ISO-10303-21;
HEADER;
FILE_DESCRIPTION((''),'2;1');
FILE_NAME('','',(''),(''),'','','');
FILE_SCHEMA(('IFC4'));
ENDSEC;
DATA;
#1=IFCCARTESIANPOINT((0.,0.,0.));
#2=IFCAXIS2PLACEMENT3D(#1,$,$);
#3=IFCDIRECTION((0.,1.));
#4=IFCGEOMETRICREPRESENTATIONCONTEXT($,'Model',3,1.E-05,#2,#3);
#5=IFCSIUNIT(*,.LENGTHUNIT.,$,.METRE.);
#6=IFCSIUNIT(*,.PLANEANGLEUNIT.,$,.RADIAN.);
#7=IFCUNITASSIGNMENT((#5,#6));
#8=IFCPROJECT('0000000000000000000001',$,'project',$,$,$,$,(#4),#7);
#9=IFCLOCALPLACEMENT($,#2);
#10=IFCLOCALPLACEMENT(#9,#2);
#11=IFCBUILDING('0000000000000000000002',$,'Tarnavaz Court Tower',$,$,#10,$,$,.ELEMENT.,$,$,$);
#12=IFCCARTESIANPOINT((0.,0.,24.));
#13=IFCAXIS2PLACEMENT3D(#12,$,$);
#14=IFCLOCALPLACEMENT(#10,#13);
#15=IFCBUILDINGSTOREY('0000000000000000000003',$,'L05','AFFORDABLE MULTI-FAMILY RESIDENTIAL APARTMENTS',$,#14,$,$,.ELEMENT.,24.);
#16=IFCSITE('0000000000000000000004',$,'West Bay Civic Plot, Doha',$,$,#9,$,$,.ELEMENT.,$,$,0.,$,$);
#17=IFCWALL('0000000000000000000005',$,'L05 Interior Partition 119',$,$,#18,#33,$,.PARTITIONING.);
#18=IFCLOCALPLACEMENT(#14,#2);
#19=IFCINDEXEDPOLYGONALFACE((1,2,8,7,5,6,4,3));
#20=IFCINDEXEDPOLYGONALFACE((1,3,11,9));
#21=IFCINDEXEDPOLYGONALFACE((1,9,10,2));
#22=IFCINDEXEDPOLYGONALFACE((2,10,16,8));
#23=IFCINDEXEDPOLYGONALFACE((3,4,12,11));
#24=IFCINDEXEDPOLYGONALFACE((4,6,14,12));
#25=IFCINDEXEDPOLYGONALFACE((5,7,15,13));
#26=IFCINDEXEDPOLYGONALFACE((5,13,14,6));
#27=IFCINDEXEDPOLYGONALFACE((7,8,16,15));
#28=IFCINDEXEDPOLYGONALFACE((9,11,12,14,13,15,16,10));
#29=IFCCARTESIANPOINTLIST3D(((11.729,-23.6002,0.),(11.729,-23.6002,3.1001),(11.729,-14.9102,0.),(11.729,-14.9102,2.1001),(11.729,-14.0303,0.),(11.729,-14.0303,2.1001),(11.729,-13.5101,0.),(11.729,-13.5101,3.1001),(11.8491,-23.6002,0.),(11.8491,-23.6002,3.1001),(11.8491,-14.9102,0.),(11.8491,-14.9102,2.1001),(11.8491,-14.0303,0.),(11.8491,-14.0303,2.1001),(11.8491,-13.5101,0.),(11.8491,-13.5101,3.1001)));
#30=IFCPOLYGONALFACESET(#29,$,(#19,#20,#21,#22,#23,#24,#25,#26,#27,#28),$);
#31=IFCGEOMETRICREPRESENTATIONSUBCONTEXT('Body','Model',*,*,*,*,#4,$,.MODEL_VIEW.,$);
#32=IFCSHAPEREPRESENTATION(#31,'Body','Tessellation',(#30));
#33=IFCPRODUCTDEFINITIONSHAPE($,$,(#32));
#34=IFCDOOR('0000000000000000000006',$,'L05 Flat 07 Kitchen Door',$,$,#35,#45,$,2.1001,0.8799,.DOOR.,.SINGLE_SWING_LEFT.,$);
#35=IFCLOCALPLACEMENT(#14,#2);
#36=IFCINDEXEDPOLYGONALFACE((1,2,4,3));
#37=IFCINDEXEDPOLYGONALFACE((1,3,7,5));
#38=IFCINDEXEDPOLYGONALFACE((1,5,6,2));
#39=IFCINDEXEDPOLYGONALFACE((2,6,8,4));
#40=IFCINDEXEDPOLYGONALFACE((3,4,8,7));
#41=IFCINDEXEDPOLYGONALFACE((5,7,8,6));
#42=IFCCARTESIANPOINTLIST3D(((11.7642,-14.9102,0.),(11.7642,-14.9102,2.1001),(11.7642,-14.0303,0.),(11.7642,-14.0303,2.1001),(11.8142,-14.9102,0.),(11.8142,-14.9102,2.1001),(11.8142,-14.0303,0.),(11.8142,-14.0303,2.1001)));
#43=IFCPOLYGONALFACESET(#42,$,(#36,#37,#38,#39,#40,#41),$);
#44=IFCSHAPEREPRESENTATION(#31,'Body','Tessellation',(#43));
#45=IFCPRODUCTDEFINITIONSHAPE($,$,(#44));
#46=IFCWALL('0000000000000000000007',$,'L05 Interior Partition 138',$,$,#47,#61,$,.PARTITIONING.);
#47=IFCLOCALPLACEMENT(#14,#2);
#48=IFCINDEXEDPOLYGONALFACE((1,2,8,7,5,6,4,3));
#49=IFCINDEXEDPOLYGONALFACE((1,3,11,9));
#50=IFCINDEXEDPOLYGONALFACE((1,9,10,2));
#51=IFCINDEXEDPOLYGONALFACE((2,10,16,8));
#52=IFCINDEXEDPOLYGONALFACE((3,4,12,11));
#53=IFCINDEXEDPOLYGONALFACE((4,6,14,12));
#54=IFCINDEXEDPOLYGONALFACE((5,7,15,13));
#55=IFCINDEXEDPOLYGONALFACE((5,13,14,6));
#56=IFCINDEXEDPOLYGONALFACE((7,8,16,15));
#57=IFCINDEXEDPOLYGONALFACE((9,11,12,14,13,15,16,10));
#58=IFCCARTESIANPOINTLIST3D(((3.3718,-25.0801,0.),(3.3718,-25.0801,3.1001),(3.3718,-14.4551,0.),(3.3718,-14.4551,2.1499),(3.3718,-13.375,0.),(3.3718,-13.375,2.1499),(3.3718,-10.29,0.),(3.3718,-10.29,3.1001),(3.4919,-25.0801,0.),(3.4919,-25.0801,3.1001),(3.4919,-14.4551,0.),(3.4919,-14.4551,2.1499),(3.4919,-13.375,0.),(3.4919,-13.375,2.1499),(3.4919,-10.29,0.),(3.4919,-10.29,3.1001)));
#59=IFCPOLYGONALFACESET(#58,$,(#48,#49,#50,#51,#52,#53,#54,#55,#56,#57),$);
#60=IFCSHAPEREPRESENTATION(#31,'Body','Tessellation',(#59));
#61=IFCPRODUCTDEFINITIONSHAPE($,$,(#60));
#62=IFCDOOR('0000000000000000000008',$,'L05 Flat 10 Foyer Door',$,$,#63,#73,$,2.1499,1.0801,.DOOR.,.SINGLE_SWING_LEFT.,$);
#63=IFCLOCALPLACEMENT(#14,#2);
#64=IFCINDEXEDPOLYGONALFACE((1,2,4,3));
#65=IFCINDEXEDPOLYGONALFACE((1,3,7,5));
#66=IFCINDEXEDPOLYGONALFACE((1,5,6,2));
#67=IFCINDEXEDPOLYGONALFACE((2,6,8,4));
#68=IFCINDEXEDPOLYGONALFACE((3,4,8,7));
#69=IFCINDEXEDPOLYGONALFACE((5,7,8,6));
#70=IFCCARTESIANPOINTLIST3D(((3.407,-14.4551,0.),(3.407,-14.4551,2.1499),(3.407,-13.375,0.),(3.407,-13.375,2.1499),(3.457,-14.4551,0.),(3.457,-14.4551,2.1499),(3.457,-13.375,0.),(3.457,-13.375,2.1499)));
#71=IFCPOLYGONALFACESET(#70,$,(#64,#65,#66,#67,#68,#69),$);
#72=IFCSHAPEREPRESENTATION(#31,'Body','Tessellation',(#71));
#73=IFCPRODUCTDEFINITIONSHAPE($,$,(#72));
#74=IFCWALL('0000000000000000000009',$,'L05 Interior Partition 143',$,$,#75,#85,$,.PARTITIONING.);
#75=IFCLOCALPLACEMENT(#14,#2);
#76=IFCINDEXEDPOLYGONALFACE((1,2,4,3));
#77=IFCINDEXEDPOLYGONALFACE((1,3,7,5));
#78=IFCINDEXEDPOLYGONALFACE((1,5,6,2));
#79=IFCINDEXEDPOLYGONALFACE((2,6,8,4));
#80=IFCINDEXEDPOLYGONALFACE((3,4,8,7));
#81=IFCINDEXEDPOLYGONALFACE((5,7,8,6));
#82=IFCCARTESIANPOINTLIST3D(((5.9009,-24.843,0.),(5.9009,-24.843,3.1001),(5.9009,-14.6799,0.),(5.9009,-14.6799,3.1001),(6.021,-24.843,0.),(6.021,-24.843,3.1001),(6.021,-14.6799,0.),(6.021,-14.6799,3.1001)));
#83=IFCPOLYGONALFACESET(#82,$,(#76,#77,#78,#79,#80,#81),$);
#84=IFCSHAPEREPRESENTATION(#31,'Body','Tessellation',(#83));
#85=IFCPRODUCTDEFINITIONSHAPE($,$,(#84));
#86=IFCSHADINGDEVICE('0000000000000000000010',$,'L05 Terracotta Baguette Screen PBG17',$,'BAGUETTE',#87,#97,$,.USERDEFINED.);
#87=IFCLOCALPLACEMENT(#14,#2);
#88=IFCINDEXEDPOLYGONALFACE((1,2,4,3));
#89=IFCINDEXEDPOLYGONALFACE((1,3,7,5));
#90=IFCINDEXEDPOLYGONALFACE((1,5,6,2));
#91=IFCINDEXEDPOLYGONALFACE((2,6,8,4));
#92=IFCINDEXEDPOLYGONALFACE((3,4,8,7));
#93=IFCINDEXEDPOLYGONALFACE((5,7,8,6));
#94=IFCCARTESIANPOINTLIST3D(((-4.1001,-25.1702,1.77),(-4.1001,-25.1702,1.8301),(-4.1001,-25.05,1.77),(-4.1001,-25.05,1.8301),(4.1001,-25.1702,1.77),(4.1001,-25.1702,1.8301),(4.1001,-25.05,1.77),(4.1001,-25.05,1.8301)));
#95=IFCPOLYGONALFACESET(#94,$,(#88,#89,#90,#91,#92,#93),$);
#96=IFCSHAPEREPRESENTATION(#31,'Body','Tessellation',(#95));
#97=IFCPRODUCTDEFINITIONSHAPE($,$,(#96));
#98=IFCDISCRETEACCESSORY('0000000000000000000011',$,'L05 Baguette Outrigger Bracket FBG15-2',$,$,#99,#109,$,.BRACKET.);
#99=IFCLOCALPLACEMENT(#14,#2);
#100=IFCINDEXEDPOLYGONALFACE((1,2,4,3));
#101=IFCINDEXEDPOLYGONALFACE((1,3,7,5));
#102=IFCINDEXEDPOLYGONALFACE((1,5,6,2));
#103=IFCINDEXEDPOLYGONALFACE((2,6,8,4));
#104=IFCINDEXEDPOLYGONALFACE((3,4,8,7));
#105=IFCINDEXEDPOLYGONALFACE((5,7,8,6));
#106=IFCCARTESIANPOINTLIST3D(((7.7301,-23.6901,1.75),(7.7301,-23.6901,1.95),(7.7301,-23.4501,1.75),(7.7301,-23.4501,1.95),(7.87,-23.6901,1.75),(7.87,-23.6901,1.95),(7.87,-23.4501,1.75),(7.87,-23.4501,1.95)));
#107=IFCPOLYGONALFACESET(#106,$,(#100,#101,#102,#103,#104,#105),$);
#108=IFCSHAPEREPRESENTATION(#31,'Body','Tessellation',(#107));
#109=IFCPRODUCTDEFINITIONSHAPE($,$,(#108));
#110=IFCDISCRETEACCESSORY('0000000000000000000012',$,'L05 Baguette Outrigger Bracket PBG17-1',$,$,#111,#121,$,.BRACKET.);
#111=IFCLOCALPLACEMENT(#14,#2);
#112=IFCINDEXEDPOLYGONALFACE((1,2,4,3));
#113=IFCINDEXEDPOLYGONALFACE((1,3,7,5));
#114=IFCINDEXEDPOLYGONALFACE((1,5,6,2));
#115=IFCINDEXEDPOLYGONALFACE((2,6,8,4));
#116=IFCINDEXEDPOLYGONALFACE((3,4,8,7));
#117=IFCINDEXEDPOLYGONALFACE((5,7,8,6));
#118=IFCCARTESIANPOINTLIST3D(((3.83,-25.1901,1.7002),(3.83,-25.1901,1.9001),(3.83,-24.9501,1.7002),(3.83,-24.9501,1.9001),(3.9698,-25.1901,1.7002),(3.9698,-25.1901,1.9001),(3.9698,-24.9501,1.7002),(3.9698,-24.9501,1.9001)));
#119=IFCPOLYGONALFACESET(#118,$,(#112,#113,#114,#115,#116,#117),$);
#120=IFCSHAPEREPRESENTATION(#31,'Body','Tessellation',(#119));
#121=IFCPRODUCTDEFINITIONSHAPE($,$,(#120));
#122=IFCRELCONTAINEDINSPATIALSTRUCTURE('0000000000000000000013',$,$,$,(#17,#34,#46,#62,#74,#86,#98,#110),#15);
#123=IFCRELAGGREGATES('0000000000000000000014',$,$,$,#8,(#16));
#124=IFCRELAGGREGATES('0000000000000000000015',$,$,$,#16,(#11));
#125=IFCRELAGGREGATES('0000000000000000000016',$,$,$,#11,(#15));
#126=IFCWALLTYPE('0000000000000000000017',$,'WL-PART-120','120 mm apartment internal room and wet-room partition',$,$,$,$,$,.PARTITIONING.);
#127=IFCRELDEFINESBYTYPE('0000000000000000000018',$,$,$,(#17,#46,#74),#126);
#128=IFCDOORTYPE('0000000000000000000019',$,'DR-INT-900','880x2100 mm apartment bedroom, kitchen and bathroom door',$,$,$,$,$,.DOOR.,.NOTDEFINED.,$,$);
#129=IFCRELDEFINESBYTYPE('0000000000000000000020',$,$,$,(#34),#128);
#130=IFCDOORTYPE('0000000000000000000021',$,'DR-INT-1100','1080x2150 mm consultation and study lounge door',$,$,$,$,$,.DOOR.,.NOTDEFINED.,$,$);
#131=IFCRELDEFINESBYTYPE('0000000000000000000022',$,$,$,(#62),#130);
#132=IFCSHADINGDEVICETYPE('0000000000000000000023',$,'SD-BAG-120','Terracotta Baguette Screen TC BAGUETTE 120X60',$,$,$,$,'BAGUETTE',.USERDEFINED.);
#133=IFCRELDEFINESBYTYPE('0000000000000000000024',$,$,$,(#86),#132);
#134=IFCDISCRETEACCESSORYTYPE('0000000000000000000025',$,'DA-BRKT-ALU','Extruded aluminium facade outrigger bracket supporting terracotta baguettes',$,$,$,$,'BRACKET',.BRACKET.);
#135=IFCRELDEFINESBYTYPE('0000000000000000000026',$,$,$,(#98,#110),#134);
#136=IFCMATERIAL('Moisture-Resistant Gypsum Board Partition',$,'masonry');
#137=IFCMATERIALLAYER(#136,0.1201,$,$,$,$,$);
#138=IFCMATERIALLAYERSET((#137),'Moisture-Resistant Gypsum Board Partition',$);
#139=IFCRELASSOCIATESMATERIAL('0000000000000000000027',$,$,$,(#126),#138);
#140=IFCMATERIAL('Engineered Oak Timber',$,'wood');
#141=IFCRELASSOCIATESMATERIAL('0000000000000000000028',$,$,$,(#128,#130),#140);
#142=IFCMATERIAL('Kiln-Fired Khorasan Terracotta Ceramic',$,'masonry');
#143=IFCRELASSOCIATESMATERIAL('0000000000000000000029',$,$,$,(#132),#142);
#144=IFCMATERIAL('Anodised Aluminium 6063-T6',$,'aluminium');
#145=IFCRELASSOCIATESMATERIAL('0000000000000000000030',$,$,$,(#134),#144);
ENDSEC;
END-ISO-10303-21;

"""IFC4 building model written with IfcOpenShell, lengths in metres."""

from ifc_helpers import new_model, si_unit, direction, frame, frame_2d, origin, origin_2d, place, context, subcontext, project, spatial, rectangle, extrude, material, layer, layer_set, material_profile, profile_set, type_object, element, fill, save


model = new_model("IFC4")

# Units and contexts
model_context = context("Model", 3, precision=1e-05, world=origin(), true_north=direction((0.0, 1.0)))
body_context = subcontext(model_context, "Body", "Model", "MODEL_VIEW")
ifc_project = project(units=[si_unit("LENGTHUNIT", "METRE"), si_unit("PLANEANGLEUNIT", "RADIAN")], contexts=[model_context])

# Site, building, storey
site_placement = place(None, origin())
site = spatial("IfcSite", under=ifc_project, at=site_placement, Name="West Bay Civic Plot, Doha", CompositionType="ELEMENT", RefElevation=0.0)
building_placement = place(site_placement, origin())
building = spatial("IfcBuilding", under=site, at=building_placement, Name="Tarnavaz Court Tower", CompositionType="ELEMENT")
storey_placement = place(building_placement, frame((0.0, 0.0, 24.0)))
storey = spatial("IfcBuildingStorey", under=building, at=storey_placement, Name="L05", Description="AFFORDABLE MULTI-FAMILY RESIDENTIAL APARTMENTS", CompositionType="ELEMENT", Elevation=24.0)

# Shared definitions
ifc_material_1 = material(Name="Anodised Aluminium 6063-T6", Category="aluminium")

# Walls, openings, doors
ifc_material_2 = material(Name="Moisture-Resistant Gypsum Board Partition", Category="masonry")
ifc_layer_1 = layer(ifc_material_2, 0.1201)
ifc_layer_set_1 = layer_set([ifc_layer_1], Name="Moisture-Resistant Gypsum Board Partition")
wall_type_1 = type_object("IfcWallType", Name="WL-PART-120", Description="120 mm apartment internal room and wet-room partition", PredefinedType="PARTITIONING", material=ifc_layer_set_1)
wall_1_placement = place(storey_placement, frame((11.7891, -23.6001, 0.0), z_axis=(0.0, 0.0, 1.0), x_axis=(0.0, 1.0, 0.0)))
wall_1 = element("IfcWall", 1, at=wall_1_placement, inside=storey, type_object=wall_type_1, Name="L05 Interior Partition 119", PredefinedType="PARTITIONING", context=body_context, shape_type="SweptSolid", body=[
    extrude(rectangle(XDim=10.0901, YDim=0.1201, at=frame_2d((5.0449, 0.0))), origin(), (0.0, 0.0, 1.0), 3.1001),
])
opening_1_placement = place(wall_1_placement, frame((8.6899, 0.0, 0.0)))
opening_1 = element("IfcOpeningElement", 2, at=opening_1_placement, cuts=wall_1, PredefinedType="OPENING", context=body_context, shape_type="SweptSolid", body=[
    extrude(rectangle(XDim=0.8799, YDim=2.1001, at=frame_2d((0.4399, 1.05))), frame((0.0, 0.0701, 0.0), z_axis=(0.0, -1.0, 0.0), x_axis=(1.0, 0.0, 0.0)), (0.0, 0.0, 1.0), 0.1401),
])
ifc_material_3 = material(Name="Engineered Oak Timber", Category="wood")
door_type_1 = type_object("IfcDoorType", Name="DR-INT-900", Description="880x2100 mm apartment bedroom, kitchen and bathroom door", OperationType="NOTDEFINED", PredefinedType="DOOR", material=ifc_material_3)
door_1_placement = place(opening_1_placement, origin())
door_1 = element("IfcDoor", 3, at=door_1_placement, inside=storey, type_object=door_type_1, Name="L05 Flat 07 Kitchen Door", OperationType="SINGLE_SWING_LEFT", OverallHeight=2.1001, OverallWidth=0.8799, PredefinedType="DOOR", context=body_context, shape_type="SweptSolid", body=[
    extrude(rectangle(XDim=0.8799, YDim=2.1001, at=frame_2d((0.4399, 1.05))), frame((0.0, 0.0249, 0.0), z_axis=(0.0, -1.0, 0.0), x_axis=(1.0, 0.0, 0.0)), (0.0, 0.0, 1.0), 0.05),
])
fill(opening_1, door_1)
wall_2_placement = place(storey_placement, frame((3.4319, -25.0801, 0.0), z_axis=(0.0, 0.0, 1.0), x_axis=(0.0, 1.0, 0.0)))
wall_2 = element("IfcWall", 4, at=wall_2_placement, inside=storey, type_object=wall_type_1, Name="L05 Interior Partition 138", PredefinedType="PARTITIONING", context=body_context, shape_type="SweptSolid", body=[
    extrude(rectangle(XDim=14.79, YDim=0.1201, at=frame_2d((7.395, 0.0))), origin(), (0.0, 0.0, 1.0), 3.1001),
])
opening_2_placement = place(wall_2_placement, frame((10.625, 0.0, 0.0)))
opening_2 = element("IfcOpeningElement", 5, at=opening_2_placement, cuts=wall_2, PredefinedType="OPENING", context=body_context, shape_type="SweptSolid", body=[
    extrude(rectangle(XDim=1.0801, YDim=2.1499, at=frame_2d((0.54, 1.075))), frame((0.0, 0.0701, 0.0), z_axis=(0.0, -1.0, 0.0), x_axis=(1.0, 0.0, 0.0)), (0.0, 0.0, 1.0), 0.1401),
])
door_type_2 = type_object("IfcDoorType", Name="DR-INT-1100", Description="1080x2150 mm consultation and study lounge door", OperationType="NOTDEFINED", PredefinedType="DOOR", material=ifc_material_3)
door_2_placement = place(opening_2_placement, origin())
door_2 = element("IfcDoor", 6, at=door_2_placement, inside=storey, type_object=door_type_2, Name="L05 Flat 10 Foyer Door", OperationType="SINGLE_SWING_LEFT", OverallHeight=2.1499, OverallWidth=1.0801, PredefinedType="DOOR", context=body_context, shape_type="SweptSolid", body=[
    extrude(rectangle(XDim=1.0801, YDim=2.1499, at=frame_2d((0.54, 1.075))), frame((0.0, 0.0249, 0.0), z_axis=(0.0, -1.0, 0.0), x_axis=(1.0, 0.0, 0.0)), (0.0, 0.0, 1.0), 0.05),
])
fill(opening_2, door_2)

# Wall
wall_3_placement = place(storey_placement, frame((5.9609, -24.843, 0.0), z_axis=(0.0, 0.0, 1.0), x_axis=(0.0, 1.0, 0.0)))
element("IfcWall", 7, at=wall_3_placement, inside=storey, type_object=wall_type_1, Name="L05 Interior Partition 143", PredefinedType="PARTITIONING", context=body_context, shape_type="SweptSolid", body=[
    extrude(rectangle(XDim=10.1631, YDim=0.1201, at=frame_2d((5.0815, 0.0))), origin(), (0.0, 0.0, 1.0), 3.1001),
])

# Shading device
ifc_material_4 = material(Name="Kiln-Fired Khorasan Terracotta Ceramic", Category="masonry")
ifc_material_profile_1 = material_profile(ifc_material_4, rectangle(XDim=0.1201, YDim=0.0601, at=origin_2d()), Name="TC BAGUETTE 120X60")
ifc_profile_set_1 = profile_set([ifc_material_profile_1], Name="Kiln-Fired Khorasan Terracotta Ceramic")
shading_device_type = type_object("IfcShadingDeviceType", Name="SD-BAG-120", Description="Terracotta Baguette Screen TC BAGUETTE 120X60", ElementType="BAGUETTE", PredefinedType="USERDEFINED", material=ifc_profile_set_1)
shading_device_placement = place(storey_placement, frame((4.1001, -25.1101, 1.8), z_axis=(-1.0, 0.0, 0.0), x_axis=(0.0, -1.0, 0.0)))
element("IfcShadingDevice", 8, at=shading_device_placement, inside=storey, type_object=shading_device_type, Name="L05 Terracotta Baguette Screen PBG17", ObjectType="BAGUETTE", PredefinedType="USERDEFINED", context=body_context, shape_type="SweptSolid", body=[
    extrude(rectangle(XDim=0.1201, YDim=0.0601, at=origin_2d()), origin(), (0.0, 0.0, 1.0), 8.2002),
])

# Discrete accessories
discrete_accessory_type = type_object("IfcDiscreteAccessoryType", Name="DA-BRKT-ALU", Description="Extruded aluminium facade outrigger bracket supporting terracotta baguettes", ElementType="BRACKET", PredefinedType="BRACKET", material=ifc_material_1)
for number, where, z_axis, x_axis, name in (
    (9, (7.8, -23.5701, 1.75), (0.0, 0.0, 1.0), (-1.0, 0.0, 0.0), "L05 Baguette Outrigger Bracket FBG15-2"),
    (10, (3.8999, -25.0701, 1.7002), (0.0, 0.0, 1.0), (-1.0, 0.0, 0.0), "L05 Baguette Outrigger Bracket PBG17-1"),
):
    element("IfcDiscreteAccessory", number, at=place(storey_placement, frame(where, z_axis=z_axis, x_axis=x_axis)), inside=storey, type_object=discrete_accessory_type, Name=name, PredefinedType="BRACKET", context=body_context, shape_type="SweptSolid", body=[
        extrude(rectangle(XDim=0.1399, YDim=0.24, at=origin_2d()), origin(), (0.0, 0.0, 1.0), 0.2),
    ])

save(model, "model.ifc")
